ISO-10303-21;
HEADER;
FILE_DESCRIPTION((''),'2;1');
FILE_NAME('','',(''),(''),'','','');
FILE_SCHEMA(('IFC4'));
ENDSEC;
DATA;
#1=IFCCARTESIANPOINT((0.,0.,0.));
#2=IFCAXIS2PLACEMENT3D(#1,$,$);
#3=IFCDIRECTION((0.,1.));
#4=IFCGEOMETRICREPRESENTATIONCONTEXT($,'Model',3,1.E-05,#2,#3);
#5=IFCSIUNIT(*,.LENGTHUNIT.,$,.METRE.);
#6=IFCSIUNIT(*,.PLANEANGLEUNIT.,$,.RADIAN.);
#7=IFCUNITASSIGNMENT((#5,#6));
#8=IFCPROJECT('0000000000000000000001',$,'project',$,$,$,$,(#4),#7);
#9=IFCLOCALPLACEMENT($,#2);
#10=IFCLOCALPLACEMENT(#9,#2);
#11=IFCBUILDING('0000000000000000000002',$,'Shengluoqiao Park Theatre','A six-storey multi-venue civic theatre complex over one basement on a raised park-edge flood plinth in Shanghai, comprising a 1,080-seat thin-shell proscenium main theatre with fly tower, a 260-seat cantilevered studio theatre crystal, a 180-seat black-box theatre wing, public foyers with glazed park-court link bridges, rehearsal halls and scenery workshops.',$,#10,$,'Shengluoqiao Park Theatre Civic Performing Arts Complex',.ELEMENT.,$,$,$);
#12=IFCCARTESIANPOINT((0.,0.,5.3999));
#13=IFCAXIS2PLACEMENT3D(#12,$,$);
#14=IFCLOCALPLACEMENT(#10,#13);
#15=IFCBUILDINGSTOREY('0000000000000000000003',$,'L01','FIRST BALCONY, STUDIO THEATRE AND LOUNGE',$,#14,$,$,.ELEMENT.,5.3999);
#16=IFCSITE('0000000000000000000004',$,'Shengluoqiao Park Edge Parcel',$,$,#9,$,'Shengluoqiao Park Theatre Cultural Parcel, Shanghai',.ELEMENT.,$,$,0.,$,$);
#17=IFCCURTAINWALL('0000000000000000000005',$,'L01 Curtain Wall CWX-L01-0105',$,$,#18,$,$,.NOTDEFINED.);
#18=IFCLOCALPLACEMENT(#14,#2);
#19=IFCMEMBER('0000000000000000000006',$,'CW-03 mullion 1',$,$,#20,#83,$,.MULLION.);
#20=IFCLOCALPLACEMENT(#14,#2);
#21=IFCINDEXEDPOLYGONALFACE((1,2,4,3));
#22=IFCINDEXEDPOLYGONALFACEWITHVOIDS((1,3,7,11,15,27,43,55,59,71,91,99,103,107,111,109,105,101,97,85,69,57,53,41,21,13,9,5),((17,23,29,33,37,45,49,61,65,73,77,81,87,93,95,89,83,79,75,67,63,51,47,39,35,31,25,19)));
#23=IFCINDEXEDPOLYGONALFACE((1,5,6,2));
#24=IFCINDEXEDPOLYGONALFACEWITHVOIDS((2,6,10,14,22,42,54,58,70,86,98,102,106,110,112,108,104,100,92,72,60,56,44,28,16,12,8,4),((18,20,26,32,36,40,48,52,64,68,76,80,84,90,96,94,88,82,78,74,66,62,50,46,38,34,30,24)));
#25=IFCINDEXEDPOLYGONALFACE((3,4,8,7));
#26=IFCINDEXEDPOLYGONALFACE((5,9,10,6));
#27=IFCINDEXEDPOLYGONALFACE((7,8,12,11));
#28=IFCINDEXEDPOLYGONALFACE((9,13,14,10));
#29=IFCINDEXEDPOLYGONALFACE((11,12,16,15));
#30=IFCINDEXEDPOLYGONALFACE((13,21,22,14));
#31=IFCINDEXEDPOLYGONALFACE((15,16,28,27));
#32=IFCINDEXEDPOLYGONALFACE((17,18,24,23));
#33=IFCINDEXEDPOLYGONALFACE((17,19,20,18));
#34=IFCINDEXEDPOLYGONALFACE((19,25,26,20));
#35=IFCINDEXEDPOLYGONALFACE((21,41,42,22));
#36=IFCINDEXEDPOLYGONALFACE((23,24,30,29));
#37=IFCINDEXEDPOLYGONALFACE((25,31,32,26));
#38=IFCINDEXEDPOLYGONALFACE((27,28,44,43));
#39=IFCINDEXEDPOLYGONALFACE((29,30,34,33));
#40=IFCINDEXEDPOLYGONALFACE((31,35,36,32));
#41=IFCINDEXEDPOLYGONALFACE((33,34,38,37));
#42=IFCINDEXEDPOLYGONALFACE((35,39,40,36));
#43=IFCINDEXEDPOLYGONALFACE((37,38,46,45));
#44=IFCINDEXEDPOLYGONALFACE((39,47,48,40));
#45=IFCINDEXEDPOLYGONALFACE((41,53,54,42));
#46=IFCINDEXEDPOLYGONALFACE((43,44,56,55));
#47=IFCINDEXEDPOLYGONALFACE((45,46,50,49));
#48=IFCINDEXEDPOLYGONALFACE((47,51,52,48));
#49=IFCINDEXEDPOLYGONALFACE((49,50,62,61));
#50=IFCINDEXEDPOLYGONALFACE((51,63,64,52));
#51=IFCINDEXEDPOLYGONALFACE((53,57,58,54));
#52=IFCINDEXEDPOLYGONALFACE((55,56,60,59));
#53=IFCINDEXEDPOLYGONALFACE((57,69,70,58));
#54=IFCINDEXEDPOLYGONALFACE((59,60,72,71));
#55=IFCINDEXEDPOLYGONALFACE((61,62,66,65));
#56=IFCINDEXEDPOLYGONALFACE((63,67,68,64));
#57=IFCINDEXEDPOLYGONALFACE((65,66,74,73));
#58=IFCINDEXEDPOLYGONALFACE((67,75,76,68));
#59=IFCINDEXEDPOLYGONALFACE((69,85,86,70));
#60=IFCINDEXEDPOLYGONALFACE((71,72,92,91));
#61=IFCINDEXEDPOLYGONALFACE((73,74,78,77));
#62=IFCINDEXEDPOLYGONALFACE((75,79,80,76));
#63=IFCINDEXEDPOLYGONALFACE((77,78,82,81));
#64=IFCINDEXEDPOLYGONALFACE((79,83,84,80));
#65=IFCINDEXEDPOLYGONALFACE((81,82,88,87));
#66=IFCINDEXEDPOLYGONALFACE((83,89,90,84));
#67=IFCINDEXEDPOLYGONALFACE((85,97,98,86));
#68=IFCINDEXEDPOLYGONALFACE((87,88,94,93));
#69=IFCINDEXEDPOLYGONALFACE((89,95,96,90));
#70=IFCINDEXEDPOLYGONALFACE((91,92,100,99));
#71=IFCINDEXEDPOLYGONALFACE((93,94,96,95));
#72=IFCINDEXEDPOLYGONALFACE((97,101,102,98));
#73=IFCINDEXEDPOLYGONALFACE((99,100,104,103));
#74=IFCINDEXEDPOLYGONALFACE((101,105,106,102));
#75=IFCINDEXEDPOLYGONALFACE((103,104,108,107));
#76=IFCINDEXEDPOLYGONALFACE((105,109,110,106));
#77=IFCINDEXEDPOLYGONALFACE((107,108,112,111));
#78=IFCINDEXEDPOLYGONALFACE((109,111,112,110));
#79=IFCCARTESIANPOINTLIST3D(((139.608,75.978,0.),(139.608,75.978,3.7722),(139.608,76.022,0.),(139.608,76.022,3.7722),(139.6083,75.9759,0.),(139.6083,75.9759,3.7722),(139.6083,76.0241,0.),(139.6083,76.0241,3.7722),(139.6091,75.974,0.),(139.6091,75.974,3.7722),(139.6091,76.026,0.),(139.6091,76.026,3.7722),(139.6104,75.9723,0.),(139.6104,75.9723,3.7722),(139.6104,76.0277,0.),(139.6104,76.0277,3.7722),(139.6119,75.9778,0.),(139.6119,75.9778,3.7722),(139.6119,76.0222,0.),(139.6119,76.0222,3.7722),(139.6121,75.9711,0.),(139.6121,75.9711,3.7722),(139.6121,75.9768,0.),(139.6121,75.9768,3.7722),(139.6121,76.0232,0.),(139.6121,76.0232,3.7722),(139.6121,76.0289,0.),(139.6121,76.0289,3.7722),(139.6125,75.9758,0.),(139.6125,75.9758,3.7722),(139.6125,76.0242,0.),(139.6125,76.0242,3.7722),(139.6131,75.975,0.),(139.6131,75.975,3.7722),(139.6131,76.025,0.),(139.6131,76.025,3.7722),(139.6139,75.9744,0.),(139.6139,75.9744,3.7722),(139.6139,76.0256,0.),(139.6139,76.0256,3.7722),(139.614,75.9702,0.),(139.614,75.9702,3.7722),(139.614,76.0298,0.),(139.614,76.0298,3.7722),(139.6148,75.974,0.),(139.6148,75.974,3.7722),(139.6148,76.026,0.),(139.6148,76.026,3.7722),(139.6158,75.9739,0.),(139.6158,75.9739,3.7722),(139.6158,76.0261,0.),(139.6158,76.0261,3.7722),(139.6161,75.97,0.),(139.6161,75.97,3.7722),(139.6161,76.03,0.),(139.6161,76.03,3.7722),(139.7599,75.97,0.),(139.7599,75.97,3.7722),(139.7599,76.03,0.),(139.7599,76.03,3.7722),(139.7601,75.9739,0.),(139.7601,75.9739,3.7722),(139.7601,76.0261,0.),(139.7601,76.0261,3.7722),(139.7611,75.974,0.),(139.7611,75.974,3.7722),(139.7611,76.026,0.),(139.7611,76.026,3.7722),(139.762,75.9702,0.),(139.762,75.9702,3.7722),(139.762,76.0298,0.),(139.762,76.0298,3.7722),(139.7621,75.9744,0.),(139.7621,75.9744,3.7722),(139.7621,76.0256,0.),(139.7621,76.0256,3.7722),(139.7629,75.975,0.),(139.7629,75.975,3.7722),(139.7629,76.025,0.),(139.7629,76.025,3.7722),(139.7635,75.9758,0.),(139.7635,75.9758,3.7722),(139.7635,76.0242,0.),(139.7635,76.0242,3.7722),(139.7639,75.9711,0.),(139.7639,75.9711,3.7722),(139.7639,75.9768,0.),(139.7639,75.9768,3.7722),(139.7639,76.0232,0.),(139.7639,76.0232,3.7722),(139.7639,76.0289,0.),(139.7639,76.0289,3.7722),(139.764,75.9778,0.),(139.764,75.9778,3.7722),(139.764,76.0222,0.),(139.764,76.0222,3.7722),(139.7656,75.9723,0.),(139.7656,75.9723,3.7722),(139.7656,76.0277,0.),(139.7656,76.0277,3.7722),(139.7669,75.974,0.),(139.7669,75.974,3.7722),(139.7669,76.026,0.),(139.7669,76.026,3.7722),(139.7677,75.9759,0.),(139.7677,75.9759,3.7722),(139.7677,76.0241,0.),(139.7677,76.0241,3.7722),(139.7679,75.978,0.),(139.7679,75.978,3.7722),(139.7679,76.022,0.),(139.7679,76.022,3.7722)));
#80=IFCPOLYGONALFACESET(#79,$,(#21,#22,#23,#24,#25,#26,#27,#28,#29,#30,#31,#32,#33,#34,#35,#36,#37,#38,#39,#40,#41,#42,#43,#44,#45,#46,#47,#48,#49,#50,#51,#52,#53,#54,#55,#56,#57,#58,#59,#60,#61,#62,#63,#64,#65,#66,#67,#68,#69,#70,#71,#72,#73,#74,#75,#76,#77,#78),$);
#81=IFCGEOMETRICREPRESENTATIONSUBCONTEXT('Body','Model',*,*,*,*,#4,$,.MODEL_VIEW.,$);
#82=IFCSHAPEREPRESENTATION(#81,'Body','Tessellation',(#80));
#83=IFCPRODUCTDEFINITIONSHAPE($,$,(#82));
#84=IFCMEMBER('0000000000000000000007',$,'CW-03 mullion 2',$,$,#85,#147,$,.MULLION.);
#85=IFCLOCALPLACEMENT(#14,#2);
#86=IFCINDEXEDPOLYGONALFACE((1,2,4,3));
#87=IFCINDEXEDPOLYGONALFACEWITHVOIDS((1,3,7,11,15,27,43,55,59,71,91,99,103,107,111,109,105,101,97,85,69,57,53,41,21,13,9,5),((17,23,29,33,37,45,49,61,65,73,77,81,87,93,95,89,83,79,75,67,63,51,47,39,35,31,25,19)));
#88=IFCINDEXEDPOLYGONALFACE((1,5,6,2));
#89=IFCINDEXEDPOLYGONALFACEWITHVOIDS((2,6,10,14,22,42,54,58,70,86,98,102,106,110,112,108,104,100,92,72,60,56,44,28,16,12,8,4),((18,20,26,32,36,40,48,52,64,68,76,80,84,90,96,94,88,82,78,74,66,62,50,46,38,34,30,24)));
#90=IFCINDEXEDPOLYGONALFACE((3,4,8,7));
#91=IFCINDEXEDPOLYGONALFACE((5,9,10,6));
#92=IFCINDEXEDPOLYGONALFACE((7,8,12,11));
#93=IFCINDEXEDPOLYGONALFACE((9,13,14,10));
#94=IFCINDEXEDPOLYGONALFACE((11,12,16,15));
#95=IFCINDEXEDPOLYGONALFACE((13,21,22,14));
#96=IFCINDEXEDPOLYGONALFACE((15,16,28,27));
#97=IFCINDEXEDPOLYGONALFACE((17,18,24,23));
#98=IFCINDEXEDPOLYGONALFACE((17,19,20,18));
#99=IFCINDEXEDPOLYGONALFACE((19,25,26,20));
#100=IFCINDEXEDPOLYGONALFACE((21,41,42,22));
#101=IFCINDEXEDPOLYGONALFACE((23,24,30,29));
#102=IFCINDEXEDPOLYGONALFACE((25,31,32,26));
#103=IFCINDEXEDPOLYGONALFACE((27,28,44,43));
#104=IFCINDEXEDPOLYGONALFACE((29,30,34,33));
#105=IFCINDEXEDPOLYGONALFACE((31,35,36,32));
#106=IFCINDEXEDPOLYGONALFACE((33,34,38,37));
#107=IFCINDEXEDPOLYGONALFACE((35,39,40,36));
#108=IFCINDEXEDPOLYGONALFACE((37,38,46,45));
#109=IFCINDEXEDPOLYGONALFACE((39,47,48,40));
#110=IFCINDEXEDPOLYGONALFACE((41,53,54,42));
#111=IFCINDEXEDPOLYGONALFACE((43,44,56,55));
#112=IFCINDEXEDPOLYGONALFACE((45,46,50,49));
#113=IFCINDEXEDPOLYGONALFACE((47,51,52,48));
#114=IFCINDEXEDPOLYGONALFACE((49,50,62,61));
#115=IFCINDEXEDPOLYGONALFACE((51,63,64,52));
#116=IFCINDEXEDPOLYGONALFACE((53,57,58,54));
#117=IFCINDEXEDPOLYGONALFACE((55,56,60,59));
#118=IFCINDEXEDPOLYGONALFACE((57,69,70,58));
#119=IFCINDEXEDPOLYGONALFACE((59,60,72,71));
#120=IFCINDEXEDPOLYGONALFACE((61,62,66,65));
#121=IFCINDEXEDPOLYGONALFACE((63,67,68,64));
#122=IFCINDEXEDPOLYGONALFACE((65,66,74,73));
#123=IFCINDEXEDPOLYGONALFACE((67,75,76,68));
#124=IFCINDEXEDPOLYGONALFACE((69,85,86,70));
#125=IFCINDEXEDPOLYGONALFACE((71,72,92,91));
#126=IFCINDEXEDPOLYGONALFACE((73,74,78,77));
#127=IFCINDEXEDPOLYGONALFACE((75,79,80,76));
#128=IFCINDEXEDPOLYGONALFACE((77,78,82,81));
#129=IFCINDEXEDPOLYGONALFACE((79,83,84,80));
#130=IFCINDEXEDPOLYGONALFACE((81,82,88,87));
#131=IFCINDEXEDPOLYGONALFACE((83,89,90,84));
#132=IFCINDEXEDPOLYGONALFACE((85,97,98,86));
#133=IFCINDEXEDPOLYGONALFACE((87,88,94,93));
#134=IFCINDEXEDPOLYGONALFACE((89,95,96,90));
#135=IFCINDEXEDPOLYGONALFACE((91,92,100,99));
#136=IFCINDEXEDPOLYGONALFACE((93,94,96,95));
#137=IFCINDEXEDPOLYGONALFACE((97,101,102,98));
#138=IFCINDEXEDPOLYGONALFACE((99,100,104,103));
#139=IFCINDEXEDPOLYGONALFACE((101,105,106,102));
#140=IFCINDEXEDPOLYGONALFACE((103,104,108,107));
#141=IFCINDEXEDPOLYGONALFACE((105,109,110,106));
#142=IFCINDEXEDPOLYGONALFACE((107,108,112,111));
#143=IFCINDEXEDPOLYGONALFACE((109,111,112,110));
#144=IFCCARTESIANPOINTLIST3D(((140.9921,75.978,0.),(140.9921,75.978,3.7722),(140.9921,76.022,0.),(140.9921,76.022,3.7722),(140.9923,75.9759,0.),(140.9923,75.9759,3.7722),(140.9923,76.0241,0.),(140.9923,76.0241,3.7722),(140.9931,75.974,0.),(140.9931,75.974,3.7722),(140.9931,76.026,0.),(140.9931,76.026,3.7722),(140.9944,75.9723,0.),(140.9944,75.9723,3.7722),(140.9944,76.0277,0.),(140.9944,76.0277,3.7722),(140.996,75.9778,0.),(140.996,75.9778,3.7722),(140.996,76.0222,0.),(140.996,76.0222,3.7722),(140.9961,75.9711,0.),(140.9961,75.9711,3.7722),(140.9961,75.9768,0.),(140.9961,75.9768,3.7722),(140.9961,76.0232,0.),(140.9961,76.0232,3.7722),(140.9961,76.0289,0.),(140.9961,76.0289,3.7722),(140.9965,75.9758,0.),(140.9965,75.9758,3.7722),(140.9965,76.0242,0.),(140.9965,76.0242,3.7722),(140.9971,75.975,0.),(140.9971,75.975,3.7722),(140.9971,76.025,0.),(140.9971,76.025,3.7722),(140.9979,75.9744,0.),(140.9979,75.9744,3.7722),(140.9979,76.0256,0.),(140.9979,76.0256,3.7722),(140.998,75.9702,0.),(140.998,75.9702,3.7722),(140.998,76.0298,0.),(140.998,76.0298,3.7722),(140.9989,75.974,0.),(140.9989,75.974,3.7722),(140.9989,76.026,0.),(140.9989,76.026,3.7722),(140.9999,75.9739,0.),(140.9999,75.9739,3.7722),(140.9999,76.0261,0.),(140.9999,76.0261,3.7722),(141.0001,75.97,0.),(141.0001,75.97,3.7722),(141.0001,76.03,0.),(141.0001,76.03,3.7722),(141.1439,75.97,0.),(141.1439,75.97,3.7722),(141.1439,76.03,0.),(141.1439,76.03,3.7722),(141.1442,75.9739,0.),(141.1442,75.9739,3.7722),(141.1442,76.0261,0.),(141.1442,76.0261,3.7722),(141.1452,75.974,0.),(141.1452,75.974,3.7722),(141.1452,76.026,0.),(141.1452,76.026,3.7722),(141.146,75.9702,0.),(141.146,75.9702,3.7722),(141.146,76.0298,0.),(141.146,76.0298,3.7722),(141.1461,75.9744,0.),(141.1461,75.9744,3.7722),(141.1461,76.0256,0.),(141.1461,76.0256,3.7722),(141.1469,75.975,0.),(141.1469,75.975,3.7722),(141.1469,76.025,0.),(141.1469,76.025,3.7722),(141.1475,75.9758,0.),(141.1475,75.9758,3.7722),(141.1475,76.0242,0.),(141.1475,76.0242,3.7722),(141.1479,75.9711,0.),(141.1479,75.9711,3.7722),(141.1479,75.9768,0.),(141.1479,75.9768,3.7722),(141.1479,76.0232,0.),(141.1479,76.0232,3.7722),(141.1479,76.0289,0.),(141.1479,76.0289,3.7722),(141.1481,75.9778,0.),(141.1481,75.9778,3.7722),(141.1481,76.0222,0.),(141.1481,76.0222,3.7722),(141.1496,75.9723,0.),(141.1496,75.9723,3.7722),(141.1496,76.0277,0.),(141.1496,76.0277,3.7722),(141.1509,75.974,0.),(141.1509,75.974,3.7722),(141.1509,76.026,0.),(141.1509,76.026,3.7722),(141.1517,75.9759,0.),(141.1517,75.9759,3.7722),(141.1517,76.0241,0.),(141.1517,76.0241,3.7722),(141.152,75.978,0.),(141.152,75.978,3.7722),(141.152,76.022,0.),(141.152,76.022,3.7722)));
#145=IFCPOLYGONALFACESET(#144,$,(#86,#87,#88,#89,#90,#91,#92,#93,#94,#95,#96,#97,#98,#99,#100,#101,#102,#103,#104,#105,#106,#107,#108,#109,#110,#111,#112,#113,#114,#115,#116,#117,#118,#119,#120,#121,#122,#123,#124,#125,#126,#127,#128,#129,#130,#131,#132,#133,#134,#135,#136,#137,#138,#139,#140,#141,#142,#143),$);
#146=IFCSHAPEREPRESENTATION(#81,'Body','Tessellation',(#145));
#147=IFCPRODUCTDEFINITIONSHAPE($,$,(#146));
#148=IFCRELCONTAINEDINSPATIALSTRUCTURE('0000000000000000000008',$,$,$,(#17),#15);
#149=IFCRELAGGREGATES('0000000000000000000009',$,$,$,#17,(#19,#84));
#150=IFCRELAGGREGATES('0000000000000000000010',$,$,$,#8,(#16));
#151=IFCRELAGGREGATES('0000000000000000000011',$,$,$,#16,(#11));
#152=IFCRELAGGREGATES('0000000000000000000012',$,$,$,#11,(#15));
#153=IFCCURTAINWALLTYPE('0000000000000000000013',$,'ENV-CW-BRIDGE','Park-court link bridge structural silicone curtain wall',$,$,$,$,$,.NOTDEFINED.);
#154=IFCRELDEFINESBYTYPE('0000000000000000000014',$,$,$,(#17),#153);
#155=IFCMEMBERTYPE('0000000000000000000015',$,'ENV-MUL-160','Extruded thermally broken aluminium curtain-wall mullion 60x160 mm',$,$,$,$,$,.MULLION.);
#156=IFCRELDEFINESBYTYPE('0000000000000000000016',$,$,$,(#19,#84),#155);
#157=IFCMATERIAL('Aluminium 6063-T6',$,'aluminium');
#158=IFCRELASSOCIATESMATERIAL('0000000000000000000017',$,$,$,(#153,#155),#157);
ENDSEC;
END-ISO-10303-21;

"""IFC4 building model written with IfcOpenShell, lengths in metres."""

from ifc_helpers import new_model, si_unit, direction, frame, origin, origin_2d, place, context, subcontext, project, spatial, hollow_rectangle, extrude, material, material_profile, profile_set, type_object, element, aggregate, save


model = new_model("IFC4")

# Units and contexts
model_context = context("Model", 3, precision=1e-05, world=origin(), true_north=direction((0.0, 1.0)))
body_context = subcontext(model_context, "Body", "Model", "MODEL_VIEW")
ifc_project = project(units=[si_unit("LENGTHUNIT", "METRE"), si_unit("PLANEANGLEUNIT", "RADIAN")], contexts=[model_context])

# Site, building, storey
site_placement = place(None, origin())
site = spatial("IfcSite", under=ifc_project, at=site_placement, Name="Shengluoqiao Park Edge Parcel", LongName="Shengluoqiao Park Theatre Cultural Parcel, Shanghai", CompositionType="ELEMENT", RefElevation=0.0)
building_placement = place(site_placement, origin())
building = spatial("IfcBuilding", under=site, at=building_placement, Name="Shengluoqiao Park Theatre", Description="A six-storey multi-venue civic theatre complex over one basement on a raised park-edge flood plinth in Shanghai, comprising a 1,080-seat thin-shell proscenium main theatre with fly tower, a 260-seat cantilevered studio theatre crystal, a 180-seat black-box theatre wing, public foyers with glazed park-court link bridges, rehearsal halls and scenery workshops.", LongName="Shengluoqiao Park Theatre Civic Performing Arts Complex", CompositionType="ELEMENT")
storey_placement = place(building_placement, frame((0.0, 0.0, 5.3999)))
storey = spatial("IfcBuildingStorey", under=building, at=storey_placement, Name="L01", Description="FIRST BALCONY, STUDIO THEATRE AND LOUNGE", CompositionType="ELEMENT", Elevation=5.3999)

# Curtain wall, members
ifc_material_1 = material(Name="Aluminium 6063-T6", Category="aluminium")
curtain_wall_type = type_object("IfcCurtainWallType", Name="ENV-CW-BRIDGE", Description="Park-court link bridge structural silicone curtain wall", PredefinedType="NOTDEFINED", material=ifc_material_1)
curtain_wall_placement = place(storey_placement, origin())
curtain_wall = element("IfcCurtainWall", 1, at=curtain_wall_placement, inside=storey, type_object=curtain_wall_type, Name="L01 Curtain Wall CWX-L01-0105", PredefinedType="NOTDEFINED")
ifc_material_profile_1 = material_profile(ifc_material_1, hollow_rectangle(XDim=0.0601, YDim=0.1599, WallThickness=0.0039, InnerFilletRadius=0.0039, OuterFilletRadius=0.0081, at=origin_2d()), Name="ALU MULLION 160x60x4")
ifc_profile_set_1 = profile_set([ifc_material_profile_1], Name="Aluminium 6063-T6")
member_type_1 = type_object("IfcMemberType", Name="ENV-MUL-160", Description="Extruded thermally broken aluminium curtain-wall mullion 60x160 mm", PredefinedType="MULLION", material=ifc_profile_set_1)
member_1_placement = place(storey_placement, frame((139.688, 76.0, 0.0), z_axis=(0.0, 0.0, 1.0), x_axis=(0.0, 1.0, 0.0)))
member_1 = element("IfcMember", 2, at=member_1_placement, type_object=member_type_1, Name="CW-03 mullion 1", PredefinedType="MULLION", context=body_context, shape_type="SweptSolid", body=[
    extrude(hollow_rectangle(XDim=0.0601, YDim=0.1599, WallThickness=0.0039, InnerFilletRadius=0.0039, OuterFilletRadius=0.0081, at=origin_2d()), origin(), (0.0, 0.0, 1.0), 3.7722),
])
member_2_placement = place(storey_placement, frame((141.072, 76.0, 0.0), z_axis=(0.0, 0.0, 1.0), x_axis=(0.0, 1.0, 0.0)))
member_2 = element("IfcMember", 3, at=member_2_placement, type_object=member_type_1, Name="CW-03 mullion 2", PredefinedType="MULLION", context=body_context, shape_type="SweptSolid", body=[
    extrude(hollow_rectangle(XDim=0.0601, YDim=0.1599, WallThickness=0.0039, InnerFilletRadius=0.0039, OuterFilletRadius=0.0081, at=origin_2d()), origin(), (0.0, 0.0, 1.0), 3.7722),
])

aggregate(curtain_wall, [member_1, member_2])

save(model, "model.ifc")
